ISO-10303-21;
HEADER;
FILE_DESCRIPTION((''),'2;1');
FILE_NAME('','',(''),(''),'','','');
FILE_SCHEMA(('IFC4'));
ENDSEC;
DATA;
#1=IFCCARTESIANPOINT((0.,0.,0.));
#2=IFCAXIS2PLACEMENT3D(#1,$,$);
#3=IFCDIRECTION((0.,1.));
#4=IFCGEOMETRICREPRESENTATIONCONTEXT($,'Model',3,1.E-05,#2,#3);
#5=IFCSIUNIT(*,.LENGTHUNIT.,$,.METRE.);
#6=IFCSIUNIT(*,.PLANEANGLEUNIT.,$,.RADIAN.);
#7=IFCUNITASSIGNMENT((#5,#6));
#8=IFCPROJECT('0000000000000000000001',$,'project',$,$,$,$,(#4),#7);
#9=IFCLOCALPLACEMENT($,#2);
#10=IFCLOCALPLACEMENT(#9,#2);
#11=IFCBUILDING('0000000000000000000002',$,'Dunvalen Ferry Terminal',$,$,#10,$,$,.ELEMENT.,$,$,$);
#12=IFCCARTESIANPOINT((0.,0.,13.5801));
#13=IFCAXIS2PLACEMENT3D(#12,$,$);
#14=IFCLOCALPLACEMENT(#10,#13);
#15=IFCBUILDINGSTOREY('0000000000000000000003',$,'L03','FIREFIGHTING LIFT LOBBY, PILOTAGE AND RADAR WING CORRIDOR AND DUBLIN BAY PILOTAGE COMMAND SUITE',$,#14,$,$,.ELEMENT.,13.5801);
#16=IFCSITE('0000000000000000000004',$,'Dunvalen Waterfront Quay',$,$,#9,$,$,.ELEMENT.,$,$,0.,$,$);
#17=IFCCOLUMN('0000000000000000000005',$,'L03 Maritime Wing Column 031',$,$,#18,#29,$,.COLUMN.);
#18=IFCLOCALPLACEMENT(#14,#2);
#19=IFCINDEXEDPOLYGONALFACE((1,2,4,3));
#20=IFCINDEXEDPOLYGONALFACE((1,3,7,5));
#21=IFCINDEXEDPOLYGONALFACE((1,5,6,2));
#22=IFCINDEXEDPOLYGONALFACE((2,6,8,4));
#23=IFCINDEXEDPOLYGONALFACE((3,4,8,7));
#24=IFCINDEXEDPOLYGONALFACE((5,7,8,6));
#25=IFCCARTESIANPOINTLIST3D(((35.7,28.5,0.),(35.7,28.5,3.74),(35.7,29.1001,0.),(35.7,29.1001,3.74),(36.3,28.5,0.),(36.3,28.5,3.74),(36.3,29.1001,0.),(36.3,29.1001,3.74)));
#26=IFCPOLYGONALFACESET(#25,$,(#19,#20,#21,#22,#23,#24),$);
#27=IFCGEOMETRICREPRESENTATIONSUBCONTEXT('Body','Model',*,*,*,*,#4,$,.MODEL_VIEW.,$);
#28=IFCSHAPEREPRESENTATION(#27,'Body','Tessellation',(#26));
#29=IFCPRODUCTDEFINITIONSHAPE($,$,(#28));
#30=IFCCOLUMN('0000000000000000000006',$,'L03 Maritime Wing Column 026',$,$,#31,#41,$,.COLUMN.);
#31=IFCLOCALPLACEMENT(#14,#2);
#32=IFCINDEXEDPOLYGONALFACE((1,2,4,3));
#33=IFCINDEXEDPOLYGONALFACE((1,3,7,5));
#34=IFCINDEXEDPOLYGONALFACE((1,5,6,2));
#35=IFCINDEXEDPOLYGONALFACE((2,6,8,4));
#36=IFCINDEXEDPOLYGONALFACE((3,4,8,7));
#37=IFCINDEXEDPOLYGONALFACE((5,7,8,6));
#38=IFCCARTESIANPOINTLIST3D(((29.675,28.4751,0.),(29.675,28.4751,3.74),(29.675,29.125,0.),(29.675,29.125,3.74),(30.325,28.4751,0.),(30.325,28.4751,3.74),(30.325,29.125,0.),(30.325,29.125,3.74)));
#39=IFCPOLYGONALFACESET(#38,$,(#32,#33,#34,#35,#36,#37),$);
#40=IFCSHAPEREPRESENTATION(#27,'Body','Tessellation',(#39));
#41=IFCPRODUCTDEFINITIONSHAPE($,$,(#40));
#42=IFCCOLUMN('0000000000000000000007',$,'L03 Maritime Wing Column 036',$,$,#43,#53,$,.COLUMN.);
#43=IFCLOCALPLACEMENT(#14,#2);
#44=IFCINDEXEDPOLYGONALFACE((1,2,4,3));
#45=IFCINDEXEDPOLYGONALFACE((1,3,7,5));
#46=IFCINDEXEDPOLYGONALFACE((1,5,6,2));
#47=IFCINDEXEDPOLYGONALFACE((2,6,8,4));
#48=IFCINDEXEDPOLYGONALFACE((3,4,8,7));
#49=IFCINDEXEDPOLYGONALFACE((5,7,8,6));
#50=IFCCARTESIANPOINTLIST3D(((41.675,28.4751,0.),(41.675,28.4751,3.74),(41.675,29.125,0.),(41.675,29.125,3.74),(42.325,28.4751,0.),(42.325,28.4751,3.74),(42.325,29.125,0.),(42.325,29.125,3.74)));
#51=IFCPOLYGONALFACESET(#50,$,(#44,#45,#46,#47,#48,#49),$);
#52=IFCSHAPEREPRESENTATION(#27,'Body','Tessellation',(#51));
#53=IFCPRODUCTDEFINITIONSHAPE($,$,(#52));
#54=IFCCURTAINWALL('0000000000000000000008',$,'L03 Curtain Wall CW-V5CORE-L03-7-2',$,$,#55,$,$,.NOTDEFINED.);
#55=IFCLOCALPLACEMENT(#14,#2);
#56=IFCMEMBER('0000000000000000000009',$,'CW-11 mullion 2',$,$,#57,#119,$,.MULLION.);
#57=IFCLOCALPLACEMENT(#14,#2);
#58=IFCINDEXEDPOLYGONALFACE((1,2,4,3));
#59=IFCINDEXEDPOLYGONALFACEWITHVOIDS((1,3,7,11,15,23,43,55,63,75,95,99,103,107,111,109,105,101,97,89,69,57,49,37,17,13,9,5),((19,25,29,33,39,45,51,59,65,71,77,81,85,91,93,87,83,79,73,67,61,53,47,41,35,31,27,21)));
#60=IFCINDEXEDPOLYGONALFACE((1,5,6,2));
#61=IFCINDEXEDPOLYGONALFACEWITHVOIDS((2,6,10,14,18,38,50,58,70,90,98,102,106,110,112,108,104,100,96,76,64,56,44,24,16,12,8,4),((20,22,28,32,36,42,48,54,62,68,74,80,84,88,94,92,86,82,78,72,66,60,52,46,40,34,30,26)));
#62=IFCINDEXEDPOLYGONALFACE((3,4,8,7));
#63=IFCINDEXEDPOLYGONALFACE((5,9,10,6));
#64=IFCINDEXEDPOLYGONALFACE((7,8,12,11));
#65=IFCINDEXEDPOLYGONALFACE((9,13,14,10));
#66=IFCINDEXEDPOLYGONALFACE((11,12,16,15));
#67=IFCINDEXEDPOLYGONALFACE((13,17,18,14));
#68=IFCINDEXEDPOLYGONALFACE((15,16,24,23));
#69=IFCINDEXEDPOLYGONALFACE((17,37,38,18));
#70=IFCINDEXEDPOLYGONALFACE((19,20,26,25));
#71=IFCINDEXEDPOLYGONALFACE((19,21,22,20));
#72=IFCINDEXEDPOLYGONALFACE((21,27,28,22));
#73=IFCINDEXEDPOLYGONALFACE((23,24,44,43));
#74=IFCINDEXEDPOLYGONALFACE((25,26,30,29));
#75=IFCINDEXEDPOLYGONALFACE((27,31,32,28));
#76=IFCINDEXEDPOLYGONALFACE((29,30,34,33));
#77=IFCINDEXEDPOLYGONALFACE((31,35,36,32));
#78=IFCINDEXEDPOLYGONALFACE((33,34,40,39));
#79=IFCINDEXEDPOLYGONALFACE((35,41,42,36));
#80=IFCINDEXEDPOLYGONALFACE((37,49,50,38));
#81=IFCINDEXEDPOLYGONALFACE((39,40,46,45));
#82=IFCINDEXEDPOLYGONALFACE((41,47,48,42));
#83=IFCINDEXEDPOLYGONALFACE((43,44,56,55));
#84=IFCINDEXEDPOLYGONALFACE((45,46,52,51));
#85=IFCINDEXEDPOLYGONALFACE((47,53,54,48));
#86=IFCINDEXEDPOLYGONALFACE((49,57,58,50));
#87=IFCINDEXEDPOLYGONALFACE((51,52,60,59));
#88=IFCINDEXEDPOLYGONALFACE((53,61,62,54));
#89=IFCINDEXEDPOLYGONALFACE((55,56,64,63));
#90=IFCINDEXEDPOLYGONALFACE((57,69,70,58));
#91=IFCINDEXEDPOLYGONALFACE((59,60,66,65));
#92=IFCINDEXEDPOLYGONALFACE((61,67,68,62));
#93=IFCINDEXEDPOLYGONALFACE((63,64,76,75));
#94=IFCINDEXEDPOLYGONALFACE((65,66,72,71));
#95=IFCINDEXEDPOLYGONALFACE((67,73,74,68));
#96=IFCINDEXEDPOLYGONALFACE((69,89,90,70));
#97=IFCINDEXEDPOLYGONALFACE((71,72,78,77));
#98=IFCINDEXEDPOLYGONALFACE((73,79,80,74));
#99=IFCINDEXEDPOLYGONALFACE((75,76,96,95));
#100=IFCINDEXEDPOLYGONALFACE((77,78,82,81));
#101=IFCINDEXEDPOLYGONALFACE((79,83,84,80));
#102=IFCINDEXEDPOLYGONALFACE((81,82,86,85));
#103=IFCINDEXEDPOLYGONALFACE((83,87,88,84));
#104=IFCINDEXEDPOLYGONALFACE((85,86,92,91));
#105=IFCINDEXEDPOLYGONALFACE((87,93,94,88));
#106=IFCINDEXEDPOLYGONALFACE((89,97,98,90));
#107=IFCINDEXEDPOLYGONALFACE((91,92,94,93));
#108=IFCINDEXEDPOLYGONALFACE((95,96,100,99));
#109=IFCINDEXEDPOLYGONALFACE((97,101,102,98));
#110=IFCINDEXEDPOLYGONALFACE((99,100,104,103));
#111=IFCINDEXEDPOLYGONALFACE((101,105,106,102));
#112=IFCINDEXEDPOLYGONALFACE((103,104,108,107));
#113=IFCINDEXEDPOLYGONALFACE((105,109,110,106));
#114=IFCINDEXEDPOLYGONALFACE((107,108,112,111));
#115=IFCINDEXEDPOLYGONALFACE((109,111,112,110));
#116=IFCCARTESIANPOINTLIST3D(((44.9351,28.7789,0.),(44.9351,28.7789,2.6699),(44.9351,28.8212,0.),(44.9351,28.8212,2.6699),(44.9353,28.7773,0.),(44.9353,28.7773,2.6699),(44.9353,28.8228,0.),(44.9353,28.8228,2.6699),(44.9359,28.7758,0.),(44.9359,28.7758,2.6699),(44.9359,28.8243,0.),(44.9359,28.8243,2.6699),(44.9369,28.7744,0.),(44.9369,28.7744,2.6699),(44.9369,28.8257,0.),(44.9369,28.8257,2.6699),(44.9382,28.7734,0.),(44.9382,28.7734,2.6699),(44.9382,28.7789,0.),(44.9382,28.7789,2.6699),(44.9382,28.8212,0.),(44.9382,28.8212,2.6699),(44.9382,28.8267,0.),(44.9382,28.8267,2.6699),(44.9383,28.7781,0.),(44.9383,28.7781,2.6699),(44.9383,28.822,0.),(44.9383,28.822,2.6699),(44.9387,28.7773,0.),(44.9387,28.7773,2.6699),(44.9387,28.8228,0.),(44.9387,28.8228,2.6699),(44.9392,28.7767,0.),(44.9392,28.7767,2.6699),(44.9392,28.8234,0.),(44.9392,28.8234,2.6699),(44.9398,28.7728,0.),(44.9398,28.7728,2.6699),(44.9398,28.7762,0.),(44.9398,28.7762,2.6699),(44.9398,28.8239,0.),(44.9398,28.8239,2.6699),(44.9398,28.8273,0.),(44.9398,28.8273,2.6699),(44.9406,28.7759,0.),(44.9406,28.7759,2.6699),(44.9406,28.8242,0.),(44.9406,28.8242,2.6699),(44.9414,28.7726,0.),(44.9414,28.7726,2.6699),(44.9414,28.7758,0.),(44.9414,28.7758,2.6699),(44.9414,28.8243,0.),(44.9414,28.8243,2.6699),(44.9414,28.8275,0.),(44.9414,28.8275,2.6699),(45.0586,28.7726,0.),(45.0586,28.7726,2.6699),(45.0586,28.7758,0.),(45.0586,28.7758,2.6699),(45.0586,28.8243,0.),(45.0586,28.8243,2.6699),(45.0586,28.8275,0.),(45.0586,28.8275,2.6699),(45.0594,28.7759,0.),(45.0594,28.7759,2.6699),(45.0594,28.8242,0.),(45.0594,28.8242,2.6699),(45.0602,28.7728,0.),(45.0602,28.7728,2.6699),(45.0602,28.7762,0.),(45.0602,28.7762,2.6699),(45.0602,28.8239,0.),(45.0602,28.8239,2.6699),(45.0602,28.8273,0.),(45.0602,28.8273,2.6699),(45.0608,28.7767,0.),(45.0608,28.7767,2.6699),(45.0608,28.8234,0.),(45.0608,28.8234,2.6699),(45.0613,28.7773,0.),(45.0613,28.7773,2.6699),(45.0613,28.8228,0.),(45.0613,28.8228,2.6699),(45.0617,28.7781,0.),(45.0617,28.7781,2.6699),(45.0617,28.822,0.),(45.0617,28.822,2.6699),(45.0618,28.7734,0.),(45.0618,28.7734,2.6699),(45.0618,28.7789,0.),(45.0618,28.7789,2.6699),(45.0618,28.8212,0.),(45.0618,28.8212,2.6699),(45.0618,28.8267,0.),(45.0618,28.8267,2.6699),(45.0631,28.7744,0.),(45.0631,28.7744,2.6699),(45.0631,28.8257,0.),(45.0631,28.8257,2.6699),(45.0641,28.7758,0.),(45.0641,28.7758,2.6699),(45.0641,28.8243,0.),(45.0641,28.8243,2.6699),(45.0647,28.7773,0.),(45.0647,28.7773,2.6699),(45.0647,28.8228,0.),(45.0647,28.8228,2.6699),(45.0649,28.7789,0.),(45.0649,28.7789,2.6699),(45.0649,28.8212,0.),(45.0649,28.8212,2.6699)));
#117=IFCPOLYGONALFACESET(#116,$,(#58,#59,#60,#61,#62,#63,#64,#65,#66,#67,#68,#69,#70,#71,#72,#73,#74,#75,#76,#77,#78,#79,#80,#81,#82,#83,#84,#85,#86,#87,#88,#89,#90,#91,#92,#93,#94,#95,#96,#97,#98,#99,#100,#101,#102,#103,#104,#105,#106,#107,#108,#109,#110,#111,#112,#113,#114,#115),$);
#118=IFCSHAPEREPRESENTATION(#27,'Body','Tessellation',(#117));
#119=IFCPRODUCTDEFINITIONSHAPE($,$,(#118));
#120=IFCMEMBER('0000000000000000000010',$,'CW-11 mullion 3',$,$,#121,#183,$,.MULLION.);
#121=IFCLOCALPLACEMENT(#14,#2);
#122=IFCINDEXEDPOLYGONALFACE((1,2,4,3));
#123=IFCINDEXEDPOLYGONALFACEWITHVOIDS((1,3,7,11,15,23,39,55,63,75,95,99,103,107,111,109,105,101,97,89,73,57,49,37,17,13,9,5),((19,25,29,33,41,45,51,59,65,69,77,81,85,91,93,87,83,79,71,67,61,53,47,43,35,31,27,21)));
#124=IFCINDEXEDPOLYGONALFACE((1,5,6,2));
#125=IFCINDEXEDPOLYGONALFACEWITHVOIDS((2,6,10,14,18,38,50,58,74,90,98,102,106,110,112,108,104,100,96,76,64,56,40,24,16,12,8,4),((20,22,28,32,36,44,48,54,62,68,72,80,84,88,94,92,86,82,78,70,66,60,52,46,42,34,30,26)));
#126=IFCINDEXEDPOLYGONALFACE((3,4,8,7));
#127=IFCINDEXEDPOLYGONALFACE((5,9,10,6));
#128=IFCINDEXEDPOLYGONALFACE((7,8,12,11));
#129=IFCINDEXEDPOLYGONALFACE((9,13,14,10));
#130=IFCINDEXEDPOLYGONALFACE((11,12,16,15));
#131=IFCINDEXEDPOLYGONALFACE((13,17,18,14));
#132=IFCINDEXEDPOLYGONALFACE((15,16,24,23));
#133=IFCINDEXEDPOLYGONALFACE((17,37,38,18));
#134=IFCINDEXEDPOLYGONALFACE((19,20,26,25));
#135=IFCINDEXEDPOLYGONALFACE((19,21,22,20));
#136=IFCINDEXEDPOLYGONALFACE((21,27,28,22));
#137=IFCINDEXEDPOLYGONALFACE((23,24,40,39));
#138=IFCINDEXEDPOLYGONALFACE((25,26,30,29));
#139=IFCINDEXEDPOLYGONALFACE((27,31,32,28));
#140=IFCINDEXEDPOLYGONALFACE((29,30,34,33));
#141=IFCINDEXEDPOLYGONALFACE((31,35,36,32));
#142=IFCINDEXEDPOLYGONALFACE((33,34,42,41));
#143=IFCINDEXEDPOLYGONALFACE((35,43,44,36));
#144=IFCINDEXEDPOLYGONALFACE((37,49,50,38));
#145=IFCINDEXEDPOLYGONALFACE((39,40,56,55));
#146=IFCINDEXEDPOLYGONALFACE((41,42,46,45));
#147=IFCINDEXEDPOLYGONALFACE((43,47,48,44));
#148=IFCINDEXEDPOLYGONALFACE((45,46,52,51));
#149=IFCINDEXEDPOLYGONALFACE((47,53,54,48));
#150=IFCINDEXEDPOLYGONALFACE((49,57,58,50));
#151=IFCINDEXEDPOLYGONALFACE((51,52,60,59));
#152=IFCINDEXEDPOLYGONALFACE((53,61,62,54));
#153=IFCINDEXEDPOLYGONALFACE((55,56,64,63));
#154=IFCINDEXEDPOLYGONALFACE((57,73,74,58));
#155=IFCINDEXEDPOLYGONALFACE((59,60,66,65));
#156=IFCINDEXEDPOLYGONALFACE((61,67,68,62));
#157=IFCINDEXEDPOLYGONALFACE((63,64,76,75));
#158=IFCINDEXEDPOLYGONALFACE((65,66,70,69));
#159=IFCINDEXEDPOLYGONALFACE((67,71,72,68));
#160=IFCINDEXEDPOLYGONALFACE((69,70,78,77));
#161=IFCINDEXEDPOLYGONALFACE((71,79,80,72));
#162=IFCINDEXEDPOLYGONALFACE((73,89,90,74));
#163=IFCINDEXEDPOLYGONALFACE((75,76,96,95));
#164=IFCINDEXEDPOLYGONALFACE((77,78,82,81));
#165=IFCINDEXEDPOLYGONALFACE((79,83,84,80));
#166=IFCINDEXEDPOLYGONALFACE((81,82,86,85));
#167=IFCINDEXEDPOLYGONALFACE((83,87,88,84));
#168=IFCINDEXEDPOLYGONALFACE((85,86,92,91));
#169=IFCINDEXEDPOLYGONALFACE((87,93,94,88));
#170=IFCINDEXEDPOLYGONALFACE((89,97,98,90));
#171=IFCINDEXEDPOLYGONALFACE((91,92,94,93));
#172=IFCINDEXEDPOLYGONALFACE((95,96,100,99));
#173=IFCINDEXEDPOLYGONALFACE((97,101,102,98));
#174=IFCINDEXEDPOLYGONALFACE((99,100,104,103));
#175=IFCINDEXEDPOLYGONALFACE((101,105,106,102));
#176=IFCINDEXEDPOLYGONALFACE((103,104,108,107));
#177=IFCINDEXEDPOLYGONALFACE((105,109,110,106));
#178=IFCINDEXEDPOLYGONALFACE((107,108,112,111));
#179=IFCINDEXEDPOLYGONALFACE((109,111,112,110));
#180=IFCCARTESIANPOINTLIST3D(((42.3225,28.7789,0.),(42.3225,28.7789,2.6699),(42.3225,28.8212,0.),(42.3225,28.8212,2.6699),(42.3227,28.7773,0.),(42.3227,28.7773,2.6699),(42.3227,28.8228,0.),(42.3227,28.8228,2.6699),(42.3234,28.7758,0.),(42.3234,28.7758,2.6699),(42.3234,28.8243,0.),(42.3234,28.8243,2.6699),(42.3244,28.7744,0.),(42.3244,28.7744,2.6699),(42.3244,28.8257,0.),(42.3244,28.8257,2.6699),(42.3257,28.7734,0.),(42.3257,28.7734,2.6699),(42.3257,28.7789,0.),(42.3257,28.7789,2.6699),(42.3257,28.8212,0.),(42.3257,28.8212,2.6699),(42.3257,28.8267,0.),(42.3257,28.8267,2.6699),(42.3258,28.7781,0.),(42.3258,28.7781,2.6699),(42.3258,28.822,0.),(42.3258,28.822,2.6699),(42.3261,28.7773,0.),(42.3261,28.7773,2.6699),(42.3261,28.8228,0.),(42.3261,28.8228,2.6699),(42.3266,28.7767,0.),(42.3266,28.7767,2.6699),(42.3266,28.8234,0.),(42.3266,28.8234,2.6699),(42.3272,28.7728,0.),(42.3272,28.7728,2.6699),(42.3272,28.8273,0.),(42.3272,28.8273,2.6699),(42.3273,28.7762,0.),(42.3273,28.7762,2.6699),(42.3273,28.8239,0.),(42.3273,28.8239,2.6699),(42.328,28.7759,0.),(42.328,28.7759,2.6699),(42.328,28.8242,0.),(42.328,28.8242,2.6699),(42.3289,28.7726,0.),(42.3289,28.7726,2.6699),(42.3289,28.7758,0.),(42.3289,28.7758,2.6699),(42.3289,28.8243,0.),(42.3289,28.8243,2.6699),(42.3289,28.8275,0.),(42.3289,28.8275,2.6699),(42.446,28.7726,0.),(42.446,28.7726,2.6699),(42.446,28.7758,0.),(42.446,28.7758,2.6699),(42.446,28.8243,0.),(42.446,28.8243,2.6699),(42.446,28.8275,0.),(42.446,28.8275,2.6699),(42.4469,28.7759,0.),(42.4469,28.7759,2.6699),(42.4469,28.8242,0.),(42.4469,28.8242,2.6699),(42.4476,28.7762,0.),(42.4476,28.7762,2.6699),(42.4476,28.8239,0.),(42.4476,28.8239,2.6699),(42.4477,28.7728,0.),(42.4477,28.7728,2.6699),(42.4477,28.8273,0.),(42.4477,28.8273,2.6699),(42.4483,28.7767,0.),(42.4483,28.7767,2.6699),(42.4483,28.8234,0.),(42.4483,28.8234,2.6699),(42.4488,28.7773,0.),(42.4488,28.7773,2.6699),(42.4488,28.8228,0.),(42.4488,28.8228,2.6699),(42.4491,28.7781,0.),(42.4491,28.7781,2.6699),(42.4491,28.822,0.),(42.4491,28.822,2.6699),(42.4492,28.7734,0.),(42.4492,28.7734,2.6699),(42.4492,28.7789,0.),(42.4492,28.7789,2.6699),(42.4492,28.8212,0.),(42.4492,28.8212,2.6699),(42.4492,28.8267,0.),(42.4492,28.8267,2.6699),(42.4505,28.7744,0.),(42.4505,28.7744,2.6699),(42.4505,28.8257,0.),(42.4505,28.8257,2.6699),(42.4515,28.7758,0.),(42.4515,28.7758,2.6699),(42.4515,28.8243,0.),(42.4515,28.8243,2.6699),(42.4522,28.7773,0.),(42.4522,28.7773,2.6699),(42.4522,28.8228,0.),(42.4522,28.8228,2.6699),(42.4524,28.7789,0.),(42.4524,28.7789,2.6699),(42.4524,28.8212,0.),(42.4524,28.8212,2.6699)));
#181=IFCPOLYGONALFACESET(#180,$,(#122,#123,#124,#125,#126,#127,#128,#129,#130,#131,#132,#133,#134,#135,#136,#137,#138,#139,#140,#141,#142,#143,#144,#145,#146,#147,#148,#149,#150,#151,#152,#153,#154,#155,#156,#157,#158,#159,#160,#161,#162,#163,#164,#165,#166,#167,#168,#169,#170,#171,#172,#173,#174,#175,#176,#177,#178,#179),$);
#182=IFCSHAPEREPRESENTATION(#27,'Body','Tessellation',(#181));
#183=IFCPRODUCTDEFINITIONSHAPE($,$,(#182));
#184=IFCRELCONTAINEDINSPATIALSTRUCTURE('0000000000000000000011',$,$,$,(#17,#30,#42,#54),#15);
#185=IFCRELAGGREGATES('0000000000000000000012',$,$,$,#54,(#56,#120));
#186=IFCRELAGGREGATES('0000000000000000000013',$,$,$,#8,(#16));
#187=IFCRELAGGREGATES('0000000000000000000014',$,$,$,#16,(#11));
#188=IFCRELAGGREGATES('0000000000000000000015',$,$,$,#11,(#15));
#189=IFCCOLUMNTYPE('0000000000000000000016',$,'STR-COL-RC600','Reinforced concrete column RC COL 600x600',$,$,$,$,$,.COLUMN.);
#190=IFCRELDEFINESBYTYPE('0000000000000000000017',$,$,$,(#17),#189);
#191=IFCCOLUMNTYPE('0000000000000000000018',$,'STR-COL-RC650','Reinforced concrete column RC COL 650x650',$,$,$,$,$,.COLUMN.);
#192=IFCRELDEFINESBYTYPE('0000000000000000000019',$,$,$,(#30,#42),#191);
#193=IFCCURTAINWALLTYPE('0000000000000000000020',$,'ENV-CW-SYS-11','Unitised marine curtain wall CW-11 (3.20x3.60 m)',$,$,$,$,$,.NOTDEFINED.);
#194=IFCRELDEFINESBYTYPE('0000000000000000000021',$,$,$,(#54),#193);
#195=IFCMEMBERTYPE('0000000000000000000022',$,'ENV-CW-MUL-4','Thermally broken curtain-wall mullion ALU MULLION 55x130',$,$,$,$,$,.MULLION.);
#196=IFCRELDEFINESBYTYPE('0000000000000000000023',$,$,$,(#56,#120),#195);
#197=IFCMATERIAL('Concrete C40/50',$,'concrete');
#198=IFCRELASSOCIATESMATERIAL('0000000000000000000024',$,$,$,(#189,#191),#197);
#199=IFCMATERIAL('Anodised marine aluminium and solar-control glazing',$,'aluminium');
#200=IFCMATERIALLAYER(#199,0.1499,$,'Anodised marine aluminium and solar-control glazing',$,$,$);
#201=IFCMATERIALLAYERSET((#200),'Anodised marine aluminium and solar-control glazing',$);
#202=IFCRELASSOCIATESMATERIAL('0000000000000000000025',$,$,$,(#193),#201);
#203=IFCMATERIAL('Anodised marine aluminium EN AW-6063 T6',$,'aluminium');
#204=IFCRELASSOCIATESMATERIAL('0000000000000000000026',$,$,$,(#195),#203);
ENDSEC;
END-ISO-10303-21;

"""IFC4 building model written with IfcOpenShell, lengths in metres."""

from ifc_helpers import new_model, si_unit, direction, frame, origin, origin_2d, place, context, subcontext, project, spatial, rectangle, hollow_rectangle, extrude, material, layer, layer_set, material_profile, profile_set, type_object, element, aggregate, save


model = new_model("IFC4")

# Units and contexts
model_context = context("Model", 3, precision=1e-05, world=origin(), true_north=direction((0.0, 1.0)))
body_context = subcontext(model_context, "Body", "Model", "MODEL_VIEW")
ifc_project = project(units=[si_unit("LENGTHUNIT", "METRE"), si_unit("PLANEANGLEUNIT", "RADIAN")], contexts=[model_context])

# Site, building, storey
site_placement = place(None, origin())
site = spatial("IfcSite", under=ifc_project, at=site_placement, Name="Dunvalen Waterfront Quay", CompositionType="ELEMENT", RefElevation=0.0)
building_placement = place(site_placement, origin())
building = spatial("IfcBuilding", under=site, at=building_placement, Name="Dunvalen Ferry Terminal", CompositionType="ELEMENT")
storey_placement = place(building_placement, frame((0.0, 0.0, 13.5801)))
storey = spatial("IfcBuildingStorey", under=building, at=storey_placement, Name="L03", Description="FIREFIGHTING LIFT LOBBY, PILOTAGE AND RADAR WING CORRIDOR AND DUBLIN BAY PILOTAGE COMMAND SUITE", CompositionType="ELEMENT", Elevation=13.5801)

# Columns
ifc_material_1 = material(Name="Concrete C40/50", Category="concrete")
ifc_material_profile_1 = material_profile(ifc_material_1, rectangle(XDim=0.6001, YDim=0.6001, at=origin_2d()), Name="Concrete C40/50")
ifc_profile_set_1 = profile_set([ifc_material_profile_1], Name="Concrete C40/50")
column_type_1 = type_object("IfcColumnType", Name="STR-COL-RC600", Description="Reinforced concrete column RC COL 600x600", PredefinedType="COLUMN", material=ifc_profile_set_1)
column_placement = place(storey_placement, frame((36.0, 28.8, 0.0), z_axis=(0.0, 0.0, 1.0), x_axis=(1.0, 0.0, 0.0)))
element("IfcColumn", 1, at=column_placement, inside=storey, type_object=column_type_1, Name="L03 Maritime Wing Column 031", PredefinedType="COLUMN", context=body_context, shape_type="SweptSolid", body=[
    extrude(rectangle(XDim=0.6001, YDim=0.6001, at=origin_2d()), origin(), (0.0, 0.0, 1.0), 3.74),
])
ifc_material_profile_2 = material_profile(ifc_material_1, rectangle(XDim=0.6499, YDim=0.6499, at=origin_2d()), Name="Concrete C40/50")
ifc_profile_set_2 = profile_set([ifc_material_profile_2], Name="Concrete C40/50")
column_type_2 = type_object("IfcColumnType", Name="STR-COL-RC650", Description="Reinforced concrete column RC COL 650x650", PredefinedType="COLUMN", material=ifc_profile_set_2)
for number, where, z_axis, x_axis, name in (
    (2, (30.0, 28.8, 0.0), (0.0, 0.0, 1.0), (1.0, 0.0, 0.0), "L03 Maritime Wing Column 026"),
    (3, (42.0, 28.8, 0.0), (0.0, 0.0, 1.0), (1.0, 0.0, 0.0), "L03 Maritime Wing Column 036"),
):
    element("IfcColumn", number, at=place(storey_placement, frame(where, z_axis=z_axis, x_axis=x_axis)), inside=storey, type_object=column_type_2, Name=name, PredefinedType="COLUMN", context=body_context, shape_type="SweptSolid", body=[
        extrude(rectangle(XDim=0.6499, YDim=0.6499, at=origin_2d()), origin(), (0.0, 0.0, 1.0), 3.74),
    ])

# Curtain wall, members
ifc_material_2 = material(Name="Anodised marine aluminium and solar-control glazing", Category="aluminium")
ifc_layer_1 = layer(ifc_material_2, 0.1499, Name="Anodised marine aluminium and solar-control glazing")
ifc_layer_set_1 = layer_set([ifc_layer_1], Name="Anodised marine aluminium and solar-control glazing")
curtain_wall_type = type_object("IfcCurtainWallType", Name="ENV-CW-SYS-11", Description="Unitised marine curtain wall CW-11 (3.20x3.60 m)", PredefinedType="NOTDEFINED", material=ifc_layer_set_1)
curtain_wall_1_placement = place(storey_placement, origin())
curtain_wall_1 = element("IfcCurtainWall", 4, at=curtain_wall_1_placement, inside=storey, type_object=curtain_wall_type, Name="L03 Curtain Wall CW-V5CORE-L03-7-2", PredefinedType="NOTDEFINED")
ifc_material_3 = material(Name="Anodised marine aluminium EN AW-6063 T6", Category="aluminium")
ifc_material_profile_3 = material_profile(ifc_material_3, hollow_rectangle(XDim=0.0549, YDim=0.1299, WallThickness=0.0032, InnerFilletRadius=0.0032, OuterFilletRadius=0.0063, at=origin_2d()), Name="Anodised marine aluminium EN AW-6063 T6")
ifc_profile_set_3 = profile_set([ifc_material_profile_3], Name="Anodised marine aluminium EN AW-6063 T6")
member_type_1 = type_object("IfcMemberType", Name="ENV-CW-MUL-4", Description="Thermally broken curtain-wall mullion ALU MULLION 55x130", PredefinedType="MULLION", material=ifc_profile_set_3)
member_1_placement = place(storey_placement, frame((45.0, 28.8, 0.0), z_axis=(0.0, 0.0, 1.0), x_axis=(0.0, -1.0, 0.0)))
member_1 = element("IfcMember", 5, at=member_1_placement, type_object=member_type_1, Name="CW-11 mullion 2", PredefinedType="MULLION", context=body_context, shape_type="SweptSolid", body=[
    extrude(hollow_rectangle(XDim=0.0549, YDim=0.1299, WallThickness=0.0032, InnerFilletRadius=0.0032, OuterFilletRadius=0.0063, at=origin_2d()), origin(), (0.0, 0.0, 1.0), 2.6699),
])
member_2_placement = place(storey_placement, frame((42.3875, 28.8, 0.0), z_axis=(0.0, 0.0, 1.0), x_axis=(0.0, -1.0, 0.0)))
member_2 = element("IfcMember", 6, at=member_2_placement, type_object=member_type_1, Name="CW-11 mullion 3", PredefinedType="MULLION", context=body_context, shape_type="SweptSolid", body=[
    extrude(hollow_rectangle(XDim=0.0549, YDim=0.1299, WallThickness=0.0032, InnerFilletRadius=0.0032, OuterFilletRadius=0.0063, at=origin_2d()), origin(), (0.0, 0.0, 1.0), 2.6699),
])

aggregate(curtain_wall_1, [member_1, member_2])

save(model, "model.ifc")
